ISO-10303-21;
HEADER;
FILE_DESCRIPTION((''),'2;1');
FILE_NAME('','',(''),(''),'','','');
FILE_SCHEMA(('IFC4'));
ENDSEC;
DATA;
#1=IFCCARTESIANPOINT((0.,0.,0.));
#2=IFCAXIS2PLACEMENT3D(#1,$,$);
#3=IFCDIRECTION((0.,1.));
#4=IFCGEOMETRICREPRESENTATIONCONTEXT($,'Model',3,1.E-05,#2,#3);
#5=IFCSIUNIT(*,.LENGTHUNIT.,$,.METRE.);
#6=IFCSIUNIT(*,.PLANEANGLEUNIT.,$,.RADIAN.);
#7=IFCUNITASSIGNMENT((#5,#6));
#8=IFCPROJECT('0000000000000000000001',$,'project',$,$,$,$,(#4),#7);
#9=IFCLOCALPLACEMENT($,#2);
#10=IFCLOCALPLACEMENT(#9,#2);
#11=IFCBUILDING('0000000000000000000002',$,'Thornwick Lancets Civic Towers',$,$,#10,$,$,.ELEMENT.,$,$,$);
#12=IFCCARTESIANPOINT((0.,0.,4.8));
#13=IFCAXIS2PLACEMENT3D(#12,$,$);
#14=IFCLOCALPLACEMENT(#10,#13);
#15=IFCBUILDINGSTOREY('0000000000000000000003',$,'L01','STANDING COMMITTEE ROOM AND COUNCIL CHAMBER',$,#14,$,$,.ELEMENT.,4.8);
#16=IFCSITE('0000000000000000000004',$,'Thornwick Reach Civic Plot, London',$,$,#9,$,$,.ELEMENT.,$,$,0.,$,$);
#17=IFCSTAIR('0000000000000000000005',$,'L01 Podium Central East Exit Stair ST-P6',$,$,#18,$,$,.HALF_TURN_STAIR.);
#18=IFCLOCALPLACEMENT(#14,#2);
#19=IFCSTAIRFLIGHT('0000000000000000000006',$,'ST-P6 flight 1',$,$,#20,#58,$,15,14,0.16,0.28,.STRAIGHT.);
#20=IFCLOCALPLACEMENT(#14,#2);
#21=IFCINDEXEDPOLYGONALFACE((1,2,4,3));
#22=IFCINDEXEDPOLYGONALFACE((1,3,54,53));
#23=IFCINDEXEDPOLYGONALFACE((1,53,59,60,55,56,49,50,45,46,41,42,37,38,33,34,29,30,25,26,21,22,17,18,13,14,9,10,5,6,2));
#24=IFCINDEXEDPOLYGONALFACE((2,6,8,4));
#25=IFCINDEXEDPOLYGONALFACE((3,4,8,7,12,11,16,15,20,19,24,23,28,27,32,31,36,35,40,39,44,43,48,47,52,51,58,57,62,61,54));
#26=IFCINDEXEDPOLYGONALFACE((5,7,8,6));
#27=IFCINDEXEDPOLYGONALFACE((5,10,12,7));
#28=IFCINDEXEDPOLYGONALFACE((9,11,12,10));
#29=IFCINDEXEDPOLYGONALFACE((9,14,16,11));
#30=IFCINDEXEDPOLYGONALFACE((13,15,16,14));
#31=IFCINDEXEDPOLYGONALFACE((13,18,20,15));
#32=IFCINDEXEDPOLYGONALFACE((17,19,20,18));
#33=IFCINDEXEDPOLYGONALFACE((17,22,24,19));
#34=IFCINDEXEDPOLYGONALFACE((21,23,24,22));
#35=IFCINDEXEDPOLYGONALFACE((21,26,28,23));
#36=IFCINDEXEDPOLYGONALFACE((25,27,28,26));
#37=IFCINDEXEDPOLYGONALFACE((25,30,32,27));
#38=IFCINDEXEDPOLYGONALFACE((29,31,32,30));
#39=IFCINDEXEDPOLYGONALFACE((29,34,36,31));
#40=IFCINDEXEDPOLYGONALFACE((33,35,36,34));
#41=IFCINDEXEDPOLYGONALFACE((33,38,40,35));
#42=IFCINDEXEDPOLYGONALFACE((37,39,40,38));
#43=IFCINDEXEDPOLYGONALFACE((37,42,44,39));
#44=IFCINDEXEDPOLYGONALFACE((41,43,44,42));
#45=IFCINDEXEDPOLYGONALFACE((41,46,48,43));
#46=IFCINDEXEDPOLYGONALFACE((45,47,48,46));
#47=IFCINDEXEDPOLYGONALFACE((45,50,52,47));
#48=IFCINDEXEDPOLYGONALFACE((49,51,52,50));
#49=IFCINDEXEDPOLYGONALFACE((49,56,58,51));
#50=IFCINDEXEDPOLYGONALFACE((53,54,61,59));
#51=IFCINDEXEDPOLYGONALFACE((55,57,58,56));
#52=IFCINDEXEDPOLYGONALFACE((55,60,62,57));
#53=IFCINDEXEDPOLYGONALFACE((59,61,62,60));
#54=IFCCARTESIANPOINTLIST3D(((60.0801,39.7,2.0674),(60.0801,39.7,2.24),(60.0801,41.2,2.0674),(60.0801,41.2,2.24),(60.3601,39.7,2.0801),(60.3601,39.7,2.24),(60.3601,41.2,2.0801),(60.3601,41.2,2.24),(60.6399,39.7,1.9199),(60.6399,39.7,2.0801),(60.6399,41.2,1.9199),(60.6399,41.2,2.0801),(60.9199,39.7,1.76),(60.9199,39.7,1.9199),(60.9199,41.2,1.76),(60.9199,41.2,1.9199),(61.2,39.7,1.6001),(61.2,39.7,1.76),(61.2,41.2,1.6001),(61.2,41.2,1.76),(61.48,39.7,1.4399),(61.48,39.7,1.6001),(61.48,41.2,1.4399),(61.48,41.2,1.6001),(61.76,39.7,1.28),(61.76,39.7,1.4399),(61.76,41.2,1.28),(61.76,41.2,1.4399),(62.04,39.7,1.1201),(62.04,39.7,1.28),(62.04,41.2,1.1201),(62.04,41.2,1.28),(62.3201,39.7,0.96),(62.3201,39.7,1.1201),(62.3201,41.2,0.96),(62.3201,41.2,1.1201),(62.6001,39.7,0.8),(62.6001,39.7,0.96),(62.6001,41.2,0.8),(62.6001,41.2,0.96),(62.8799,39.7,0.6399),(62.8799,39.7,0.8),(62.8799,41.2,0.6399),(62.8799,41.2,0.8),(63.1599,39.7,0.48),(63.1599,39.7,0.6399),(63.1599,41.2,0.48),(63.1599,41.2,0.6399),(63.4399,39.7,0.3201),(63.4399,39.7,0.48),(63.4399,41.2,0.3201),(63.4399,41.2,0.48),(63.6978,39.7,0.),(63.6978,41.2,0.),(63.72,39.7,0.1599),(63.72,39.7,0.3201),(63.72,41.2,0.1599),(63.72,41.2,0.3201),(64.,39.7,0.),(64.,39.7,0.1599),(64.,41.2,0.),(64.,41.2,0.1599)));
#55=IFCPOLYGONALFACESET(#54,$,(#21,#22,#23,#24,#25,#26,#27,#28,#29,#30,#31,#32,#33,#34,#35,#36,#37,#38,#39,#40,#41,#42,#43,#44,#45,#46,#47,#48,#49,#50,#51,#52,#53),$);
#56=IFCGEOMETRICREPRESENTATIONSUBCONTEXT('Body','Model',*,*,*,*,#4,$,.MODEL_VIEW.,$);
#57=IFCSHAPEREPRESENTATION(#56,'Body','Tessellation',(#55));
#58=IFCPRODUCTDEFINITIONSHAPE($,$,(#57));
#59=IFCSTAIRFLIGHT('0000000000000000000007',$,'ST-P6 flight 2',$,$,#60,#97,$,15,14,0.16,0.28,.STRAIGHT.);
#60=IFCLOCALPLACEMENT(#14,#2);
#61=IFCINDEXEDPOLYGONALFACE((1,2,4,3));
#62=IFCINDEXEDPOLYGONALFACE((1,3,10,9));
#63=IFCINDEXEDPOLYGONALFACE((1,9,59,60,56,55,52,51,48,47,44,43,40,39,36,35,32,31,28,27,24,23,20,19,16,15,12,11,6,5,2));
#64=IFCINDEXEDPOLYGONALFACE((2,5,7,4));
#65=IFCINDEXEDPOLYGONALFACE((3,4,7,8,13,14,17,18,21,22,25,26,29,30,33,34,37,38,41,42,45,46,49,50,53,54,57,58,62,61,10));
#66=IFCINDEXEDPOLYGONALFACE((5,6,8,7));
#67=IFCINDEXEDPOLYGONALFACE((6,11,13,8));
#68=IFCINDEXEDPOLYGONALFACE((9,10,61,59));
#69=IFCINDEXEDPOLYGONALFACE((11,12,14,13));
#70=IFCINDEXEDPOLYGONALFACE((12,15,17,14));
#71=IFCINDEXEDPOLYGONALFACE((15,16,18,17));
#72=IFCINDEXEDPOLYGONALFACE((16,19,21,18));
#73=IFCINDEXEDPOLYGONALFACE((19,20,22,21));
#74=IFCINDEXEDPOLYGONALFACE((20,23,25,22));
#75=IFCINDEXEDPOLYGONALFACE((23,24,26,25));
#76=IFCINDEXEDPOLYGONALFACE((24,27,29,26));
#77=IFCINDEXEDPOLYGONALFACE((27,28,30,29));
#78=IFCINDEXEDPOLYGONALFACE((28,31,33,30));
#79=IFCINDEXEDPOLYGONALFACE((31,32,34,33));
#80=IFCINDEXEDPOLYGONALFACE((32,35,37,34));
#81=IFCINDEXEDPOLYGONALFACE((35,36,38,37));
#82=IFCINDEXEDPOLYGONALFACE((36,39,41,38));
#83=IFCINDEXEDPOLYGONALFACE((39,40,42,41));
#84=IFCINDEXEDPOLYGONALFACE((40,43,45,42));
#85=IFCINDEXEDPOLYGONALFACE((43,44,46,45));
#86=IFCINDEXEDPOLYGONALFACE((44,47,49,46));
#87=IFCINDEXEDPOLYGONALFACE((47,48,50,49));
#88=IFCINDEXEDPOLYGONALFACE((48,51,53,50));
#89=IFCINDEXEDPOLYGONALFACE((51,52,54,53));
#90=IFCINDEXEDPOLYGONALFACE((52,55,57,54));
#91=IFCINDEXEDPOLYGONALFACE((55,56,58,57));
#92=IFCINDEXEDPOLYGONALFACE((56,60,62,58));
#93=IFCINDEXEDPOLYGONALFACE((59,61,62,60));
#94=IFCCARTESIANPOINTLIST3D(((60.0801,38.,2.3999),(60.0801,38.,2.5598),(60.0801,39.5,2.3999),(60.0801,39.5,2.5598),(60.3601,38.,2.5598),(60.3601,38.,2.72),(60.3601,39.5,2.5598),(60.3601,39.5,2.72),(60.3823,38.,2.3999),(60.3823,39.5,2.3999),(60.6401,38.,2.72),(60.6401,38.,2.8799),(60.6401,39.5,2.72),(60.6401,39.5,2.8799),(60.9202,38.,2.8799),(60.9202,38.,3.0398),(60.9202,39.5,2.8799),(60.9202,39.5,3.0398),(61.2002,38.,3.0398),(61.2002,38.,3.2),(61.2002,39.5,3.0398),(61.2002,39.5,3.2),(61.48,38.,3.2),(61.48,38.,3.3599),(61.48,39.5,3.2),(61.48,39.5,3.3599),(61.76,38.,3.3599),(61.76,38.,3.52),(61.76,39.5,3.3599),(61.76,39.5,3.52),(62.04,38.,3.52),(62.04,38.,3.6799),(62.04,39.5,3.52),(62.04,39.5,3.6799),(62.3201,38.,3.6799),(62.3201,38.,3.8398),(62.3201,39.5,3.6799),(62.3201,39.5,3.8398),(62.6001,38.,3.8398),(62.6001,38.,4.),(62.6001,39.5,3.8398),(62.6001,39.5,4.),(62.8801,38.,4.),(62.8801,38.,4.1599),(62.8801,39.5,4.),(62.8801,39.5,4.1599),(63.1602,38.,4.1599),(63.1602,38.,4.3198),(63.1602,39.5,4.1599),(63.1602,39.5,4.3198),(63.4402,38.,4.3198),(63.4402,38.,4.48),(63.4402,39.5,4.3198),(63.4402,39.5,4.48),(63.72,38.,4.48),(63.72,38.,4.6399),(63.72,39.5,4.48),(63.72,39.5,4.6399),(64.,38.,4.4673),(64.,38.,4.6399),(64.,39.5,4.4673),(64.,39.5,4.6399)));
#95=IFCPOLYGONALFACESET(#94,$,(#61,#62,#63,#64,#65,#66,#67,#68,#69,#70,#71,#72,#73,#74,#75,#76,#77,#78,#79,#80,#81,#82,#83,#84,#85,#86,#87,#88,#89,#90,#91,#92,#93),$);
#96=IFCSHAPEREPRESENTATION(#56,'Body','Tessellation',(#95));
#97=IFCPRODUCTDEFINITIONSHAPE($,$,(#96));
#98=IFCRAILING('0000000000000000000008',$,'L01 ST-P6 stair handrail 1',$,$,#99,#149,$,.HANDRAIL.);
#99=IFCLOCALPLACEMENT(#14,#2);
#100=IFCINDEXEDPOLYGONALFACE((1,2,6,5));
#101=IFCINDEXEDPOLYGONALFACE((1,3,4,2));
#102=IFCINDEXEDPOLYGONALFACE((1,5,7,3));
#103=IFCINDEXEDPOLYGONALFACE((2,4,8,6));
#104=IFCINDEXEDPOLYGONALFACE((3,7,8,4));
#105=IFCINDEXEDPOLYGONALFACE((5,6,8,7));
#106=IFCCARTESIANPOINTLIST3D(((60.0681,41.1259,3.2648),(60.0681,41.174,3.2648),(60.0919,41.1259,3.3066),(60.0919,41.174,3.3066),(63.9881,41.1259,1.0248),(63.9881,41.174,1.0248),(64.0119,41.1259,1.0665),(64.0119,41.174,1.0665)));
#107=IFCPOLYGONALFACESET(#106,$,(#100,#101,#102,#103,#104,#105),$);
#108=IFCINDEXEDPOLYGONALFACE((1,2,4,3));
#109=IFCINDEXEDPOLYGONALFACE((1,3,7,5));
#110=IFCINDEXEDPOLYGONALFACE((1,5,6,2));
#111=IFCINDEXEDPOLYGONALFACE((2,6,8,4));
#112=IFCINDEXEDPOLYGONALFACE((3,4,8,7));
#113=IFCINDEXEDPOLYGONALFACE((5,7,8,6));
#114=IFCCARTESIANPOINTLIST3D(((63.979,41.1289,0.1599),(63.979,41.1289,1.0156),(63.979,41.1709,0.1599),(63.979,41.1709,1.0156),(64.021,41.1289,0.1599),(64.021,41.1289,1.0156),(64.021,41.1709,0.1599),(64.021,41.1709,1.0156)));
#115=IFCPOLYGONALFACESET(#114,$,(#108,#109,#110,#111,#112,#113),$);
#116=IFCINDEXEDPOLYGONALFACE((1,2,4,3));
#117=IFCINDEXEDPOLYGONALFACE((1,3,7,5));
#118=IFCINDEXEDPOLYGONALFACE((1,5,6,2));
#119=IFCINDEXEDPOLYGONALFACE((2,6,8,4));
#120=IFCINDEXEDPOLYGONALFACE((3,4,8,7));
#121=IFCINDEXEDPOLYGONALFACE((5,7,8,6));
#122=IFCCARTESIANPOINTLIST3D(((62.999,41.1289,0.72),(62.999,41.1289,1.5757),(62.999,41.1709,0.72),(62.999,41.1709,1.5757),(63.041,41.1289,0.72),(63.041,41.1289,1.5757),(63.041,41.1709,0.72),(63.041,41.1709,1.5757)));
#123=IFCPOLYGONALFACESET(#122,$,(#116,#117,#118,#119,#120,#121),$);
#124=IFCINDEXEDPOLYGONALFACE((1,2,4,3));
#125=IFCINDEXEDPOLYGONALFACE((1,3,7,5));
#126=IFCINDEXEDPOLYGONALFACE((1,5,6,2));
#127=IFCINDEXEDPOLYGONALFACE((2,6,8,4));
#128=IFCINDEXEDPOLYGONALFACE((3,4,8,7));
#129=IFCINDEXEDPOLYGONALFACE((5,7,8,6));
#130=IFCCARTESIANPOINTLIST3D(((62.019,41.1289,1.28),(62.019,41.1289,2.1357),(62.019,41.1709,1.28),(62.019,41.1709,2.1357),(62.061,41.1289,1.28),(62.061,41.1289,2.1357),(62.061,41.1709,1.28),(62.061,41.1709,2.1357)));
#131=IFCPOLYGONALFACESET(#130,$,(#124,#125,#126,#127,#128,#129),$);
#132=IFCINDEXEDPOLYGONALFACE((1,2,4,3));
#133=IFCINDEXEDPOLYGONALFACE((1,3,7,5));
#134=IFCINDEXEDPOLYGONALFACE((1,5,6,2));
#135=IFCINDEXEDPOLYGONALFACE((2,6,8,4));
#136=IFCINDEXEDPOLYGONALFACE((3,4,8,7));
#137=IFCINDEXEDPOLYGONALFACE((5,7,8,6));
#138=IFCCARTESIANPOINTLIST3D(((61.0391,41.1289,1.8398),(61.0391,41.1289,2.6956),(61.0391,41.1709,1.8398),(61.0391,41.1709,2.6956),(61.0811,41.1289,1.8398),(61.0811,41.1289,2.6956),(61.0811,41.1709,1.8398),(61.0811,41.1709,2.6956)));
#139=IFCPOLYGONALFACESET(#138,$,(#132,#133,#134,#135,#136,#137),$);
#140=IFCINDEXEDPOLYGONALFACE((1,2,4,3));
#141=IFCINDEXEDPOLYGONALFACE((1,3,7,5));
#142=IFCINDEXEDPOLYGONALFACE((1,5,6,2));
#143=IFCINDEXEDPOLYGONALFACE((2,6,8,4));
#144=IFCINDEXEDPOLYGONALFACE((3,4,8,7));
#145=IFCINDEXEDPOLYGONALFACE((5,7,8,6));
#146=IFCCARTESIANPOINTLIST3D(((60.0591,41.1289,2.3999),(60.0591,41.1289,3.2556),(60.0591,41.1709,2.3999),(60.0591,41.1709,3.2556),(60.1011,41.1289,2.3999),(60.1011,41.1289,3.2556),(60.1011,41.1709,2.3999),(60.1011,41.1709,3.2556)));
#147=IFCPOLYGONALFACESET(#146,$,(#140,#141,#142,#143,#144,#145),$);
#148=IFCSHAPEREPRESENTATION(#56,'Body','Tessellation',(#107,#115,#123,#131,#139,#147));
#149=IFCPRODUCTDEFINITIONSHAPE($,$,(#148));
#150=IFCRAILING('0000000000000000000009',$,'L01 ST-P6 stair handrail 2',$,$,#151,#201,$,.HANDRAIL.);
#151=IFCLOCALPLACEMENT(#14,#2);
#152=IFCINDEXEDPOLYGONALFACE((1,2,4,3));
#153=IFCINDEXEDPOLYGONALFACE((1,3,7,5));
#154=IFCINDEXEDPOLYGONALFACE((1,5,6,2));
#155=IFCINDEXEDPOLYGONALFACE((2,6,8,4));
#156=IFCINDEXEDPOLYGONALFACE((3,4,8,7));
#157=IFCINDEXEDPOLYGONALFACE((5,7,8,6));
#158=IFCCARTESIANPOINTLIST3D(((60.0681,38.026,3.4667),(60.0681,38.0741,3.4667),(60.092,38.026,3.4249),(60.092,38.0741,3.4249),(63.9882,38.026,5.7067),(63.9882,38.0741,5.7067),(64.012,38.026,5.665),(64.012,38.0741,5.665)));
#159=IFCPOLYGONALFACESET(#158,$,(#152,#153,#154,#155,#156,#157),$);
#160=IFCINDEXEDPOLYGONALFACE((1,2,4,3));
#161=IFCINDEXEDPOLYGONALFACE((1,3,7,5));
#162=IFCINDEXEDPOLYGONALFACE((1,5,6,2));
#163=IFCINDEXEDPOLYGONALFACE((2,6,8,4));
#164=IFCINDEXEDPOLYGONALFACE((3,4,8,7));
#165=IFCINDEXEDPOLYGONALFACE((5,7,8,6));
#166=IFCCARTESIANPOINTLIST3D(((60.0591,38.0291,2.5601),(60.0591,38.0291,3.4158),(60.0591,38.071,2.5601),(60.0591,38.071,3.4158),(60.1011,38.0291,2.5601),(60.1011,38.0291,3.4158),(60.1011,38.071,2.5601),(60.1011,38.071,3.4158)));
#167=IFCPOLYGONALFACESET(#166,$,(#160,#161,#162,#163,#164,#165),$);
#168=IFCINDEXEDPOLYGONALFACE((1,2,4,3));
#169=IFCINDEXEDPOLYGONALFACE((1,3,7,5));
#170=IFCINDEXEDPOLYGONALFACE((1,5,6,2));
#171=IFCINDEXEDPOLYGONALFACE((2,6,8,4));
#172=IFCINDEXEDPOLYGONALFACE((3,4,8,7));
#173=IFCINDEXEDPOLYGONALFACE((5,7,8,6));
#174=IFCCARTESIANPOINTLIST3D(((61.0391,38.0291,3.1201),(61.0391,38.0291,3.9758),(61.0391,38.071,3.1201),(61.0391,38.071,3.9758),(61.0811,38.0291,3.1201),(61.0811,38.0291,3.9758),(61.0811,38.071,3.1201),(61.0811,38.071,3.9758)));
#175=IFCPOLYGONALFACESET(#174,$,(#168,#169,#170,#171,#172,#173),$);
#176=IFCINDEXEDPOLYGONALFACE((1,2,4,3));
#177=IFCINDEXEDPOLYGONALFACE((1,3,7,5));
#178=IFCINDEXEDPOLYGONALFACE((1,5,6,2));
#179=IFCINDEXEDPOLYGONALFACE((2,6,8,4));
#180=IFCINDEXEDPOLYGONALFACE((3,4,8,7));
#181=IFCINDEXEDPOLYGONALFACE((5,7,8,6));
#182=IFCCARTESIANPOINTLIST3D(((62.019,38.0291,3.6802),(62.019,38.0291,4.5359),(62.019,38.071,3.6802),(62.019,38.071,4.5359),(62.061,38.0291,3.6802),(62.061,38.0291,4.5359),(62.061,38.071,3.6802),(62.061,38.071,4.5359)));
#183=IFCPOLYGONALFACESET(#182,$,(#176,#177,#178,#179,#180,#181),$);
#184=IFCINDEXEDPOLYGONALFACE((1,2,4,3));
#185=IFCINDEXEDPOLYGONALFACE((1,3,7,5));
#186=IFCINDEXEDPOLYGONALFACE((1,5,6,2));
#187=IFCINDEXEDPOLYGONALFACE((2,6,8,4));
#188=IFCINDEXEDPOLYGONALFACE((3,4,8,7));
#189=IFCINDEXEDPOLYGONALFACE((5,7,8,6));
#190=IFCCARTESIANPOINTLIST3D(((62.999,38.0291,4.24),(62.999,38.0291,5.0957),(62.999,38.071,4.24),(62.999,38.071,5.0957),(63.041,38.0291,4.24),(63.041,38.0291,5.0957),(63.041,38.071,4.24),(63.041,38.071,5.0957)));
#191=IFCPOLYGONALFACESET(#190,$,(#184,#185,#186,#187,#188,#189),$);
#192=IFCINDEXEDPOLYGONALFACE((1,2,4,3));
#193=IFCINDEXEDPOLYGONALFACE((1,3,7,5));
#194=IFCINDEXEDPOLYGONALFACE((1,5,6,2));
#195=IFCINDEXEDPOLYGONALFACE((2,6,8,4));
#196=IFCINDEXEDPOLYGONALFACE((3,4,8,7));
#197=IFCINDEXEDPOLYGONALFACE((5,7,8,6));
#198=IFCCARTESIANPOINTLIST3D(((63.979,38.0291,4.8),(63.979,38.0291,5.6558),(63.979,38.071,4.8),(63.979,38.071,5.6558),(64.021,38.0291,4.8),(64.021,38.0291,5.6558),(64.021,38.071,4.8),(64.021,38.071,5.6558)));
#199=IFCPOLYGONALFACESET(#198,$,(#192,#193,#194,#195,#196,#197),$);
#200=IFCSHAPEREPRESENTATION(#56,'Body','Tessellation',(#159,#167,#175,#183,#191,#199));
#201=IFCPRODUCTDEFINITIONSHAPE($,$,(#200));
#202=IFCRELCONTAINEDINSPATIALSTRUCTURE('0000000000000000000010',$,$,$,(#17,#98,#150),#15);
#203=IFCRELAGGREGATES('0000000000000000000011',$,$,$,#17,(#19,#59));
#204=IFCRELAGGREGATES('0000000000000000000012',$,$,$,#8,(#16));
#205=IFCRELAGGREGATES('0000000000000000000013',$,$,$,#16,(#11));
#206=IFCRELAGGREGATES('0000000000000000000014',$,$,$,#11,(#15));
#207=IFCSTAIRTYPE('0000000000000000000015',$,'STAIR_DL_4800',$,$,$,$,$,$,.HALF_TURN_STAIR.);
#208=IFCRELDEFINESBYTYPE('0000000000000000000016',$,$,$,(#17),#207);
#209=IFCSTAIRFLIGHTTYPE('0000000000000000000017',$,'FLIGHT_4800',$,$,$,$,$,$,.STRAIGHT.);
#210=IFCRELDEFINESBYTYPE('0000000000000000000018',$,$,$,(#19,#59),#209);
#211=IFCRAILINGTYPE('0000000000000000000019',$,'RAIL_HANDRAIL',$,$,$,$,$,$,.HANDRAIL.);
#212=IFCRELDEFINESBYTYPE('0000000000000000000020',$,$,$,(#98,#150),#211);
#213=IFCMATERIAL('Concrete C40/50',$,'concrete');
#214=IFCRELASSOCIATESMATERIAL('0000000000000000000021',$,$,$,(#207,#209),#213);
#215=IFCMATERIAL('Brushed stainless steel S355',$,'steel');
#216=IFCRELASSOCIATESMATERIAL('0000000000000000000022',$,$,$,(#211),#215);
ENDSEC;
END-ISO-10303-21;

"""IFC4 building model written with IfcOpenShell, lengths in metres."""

from ifc_helpers import new_model, si_unit, direction, frame, origin, origin_2d, place, context, subcontext, project, spatial, polyline, rectangle, outline, extrude, material, type_object, element, aggregate, save


model = new_model("IFC4")

# Units and contexts
model_context = context("Model", 3, precision=1e-05, world=origin(), true_north=direction((0.0, 1.0)))
body_context = subcontext(model_context, "Body", "Model", "MODEL_VIEW")
ifc_project = project(units=[si_unit("LENGTHUNIT", "METRE"), si_unit("PLANEANGLEUNIT", "RADIAN")], contexts=[model_context])

# Site, building, storey
site_placement = place(None, origin())
site = spatial("IfcSite", under=ifc_project, at=site_placement, Name="Thornwick Reach Civic Plot, London", CompositionType="ELEMENT", RefElevation=0.0)
building_placement = place(site_placement, origin())
building = spatial("IfcBuilding", under=site, at=building_placement, Name="Thornwick Lancets Civic Towers", CompositionType="ELEMENT")
storey_placement = place(building_placement, frame((0.0, 0.0, 4.8)))
storey = spatial("IfcBuildingStorey", under=building, at=storey_placement, Name="L01", Description="STANDING COMMITTEE ROOM AND COUNCIL CHAMBER", CompositionType="ELEMENT", Elevation=4.8)

# Shared definitions
ifc_material_1 = material(Name="Concrete C40/50", Category="concrete")

# Stair, stair flights
stair_type = type_object("IfcStairType", Name="STAIR_DL_4800", PredefinedType="HALF_TURN_STAIR", material=ifc_material_1)
stair_placement = place(storey_placement, origin())
stair = element("IfcStair", 1, at=stair_placement, inside=storey, type_object=stair_type, Name="L01 Podium Central East Exit Stair ST-P6", PredefinedType="HALF_TURN_STAIR")
stair_flight_type = type_object("IfcStairFlightType", Name="FLIGHT_4800", PredefinedType="STRAIGHT", material=ifc_material_1)
stair_flight_1_placement = place(storey_placement, frame((64.0, 40.45, 0.0), z_axis=(0.0, 0.0, 1.0), x_axis=(-1.0, 0.0, 0.0)))
stair_flight_1 = element("IfcStairFlight", 2, at=stair_flight_1_placement, type_object=stair_flight_type, Name="ST-P6 flight 1", NumberOfRisers=15, NumberOfTreads=14, PredefinedType="STRAIGHT", RiserHeight=0.16, TreadLength=0.28, context=body_context, shape_type="SweptSolid", body=[
    extrude(outline(polyline([(0.0, 0.0), (0.0, 0.1599), (0.28, 0.1599), (0.28, 0.3201), (0.5601, 0.3201), (0.5601, 0.48), (0.8401, 0.48), (0.8401, 0.6399), (1.1201, 0.6399), (1.1201, 0.8), (1.3999, 0.8), (1.3999, 0.96), (1.6799, 0.96), (1.6799, 1.1201), (1.96, 1.1201), (1.96, 1.28), (2.24, 1.28), (2.24, 1.4399), (2.52, 1.4399), (2.52, 1.6001), (2.8, 1.6001), (2.8, 1.76), (3.0801, 1.76), (3.0801, 1.9199), (3.3601, 1.9199), (3.3601, 2.0801), (3.6399, 2.0801), (3.6399, 2.24), (3.9199, 2.24), (3.9199, 2.3999), (3.9199, 2.0674), (0.3022, 0.0), (0.0, 0.0)])), frame((0.0, 0.75, 0.0), z_axis=(0.0, -1.0, 0.0), x_axis=(1.0, 0.0, 0.0)), (0.0, 0.0, 1.0), 1.5),
])
stair_flight_2_placement = place(storey_placement, frame((60.0801, 38.75, 2.3999), z_axis=(0.0, 0.0, 1.0), x_axis=(1.0, 0.0, 0.0)))
stair_flight_2 = element("IfcStairFlight", 3, at=stair_flight_2_placement, type_object=stair_flight_type, Name="ST-P6 flight 2", NumberOfRisers=15, NumberOfTreads=14, PredefinedType="STRAIGHT", RiserHeight=0.16, TreadLength=0.28, context=body_context, shape_type="SweptSolid", body=[
    extrude(outline(polyline([(0.0, 0.0), (0.0, 0.1599), (0.28, 0.1599), (0.28, 0.3201), (0.5601, 0.3201), (0.5601, 0.48), (0.8401, 0.48), (0.8401, 0.6399), (1.1201, 0.6399), (1.1201, 0.8), (1.3999, 0.8), (1.3999, 0.96), (1.6799, 0.96), (1.6799, 1.1201), (1.96, 1.1201), (1.96, 1.28), (2.24, 1.28), (2.24, 1.4399), (2.52, 1.4399), (2.52, 1.6001), (2.8, 1.6001), (2.8, 1.76), (3.0801, 1.76), (3.0801, 1.9199), (3.3601, 1.9199), (3.3601, 2.0801), (3.6399, 2.0801), (3.6399, 2.24), (3.9199, 2.24), (3.9199, 2.3999), (3.9199, 2.0674), (0.3022, 0.0), (0.0, 0.0)])), frame((0.0, 0.75, 0.0), z_axis=(0.0, -1.0, 0.0), x_axis=(1.0, 0.0, 0.0)), (0.0, 0.0, 1.0), 1.5),
])
aggregate(stair, [stair_flight_1, stair_flight_2])

# Railings
ifc_material_2 = material(Name="Brushed stainless steel S355", Category="steel")
railing_type_1 = type_object("IfcRailingType", Name="RAIL_HANDRAIL", PredefinedType="HANDRAIL", material=ifc_material_2)
railing_1_placement = place(storey_placement, frame((64.0, 41.1499, 0.1599)))
element("IfcRailing", 4, at=railing_1_placement, inside=storey, type_object=railing_type_1, Name="L01 ST-P6 stair handrail 1", PredefinedType="HANDRAIL", context=body_context, shape_type="SweptSolid", body=[
    extrude(rectangle(XDim=0.0481, YDim=0.0481, at=origin_2d()), frame((0.0, 0.0, 0.8857), z_axis=(-0.86824, 0.0, 0.496145), x_axis=(0.0, -1.0, 0.0)), (0.0, 0.0, 1.0), 4.5149),
    extrude(rectangle(XDim=0.042, YDim=0.042, at=origin_2d()), origin(), (0.0, 0.0, 1.0), 0.8557),
    extrude(rectangle(XDim=0.042, YDim=0.042, at=origin_2d()), frame((-0.98, 0.0, 0.5601)), (0.0, 0.0, 1.0), 0.8557),
    extrude(rectangle(XDim=0.042, YDim=0.042, at=origin_2d()), frame((-1.96, 0.0, 1.1201)), (0.0, 0.0, 1.0), 0.8557),
    extrude(rectangle(XDim=0.042, YDim=0.042, at=origin_2d()), frame((-2.9399, 0.0, 1.6799)), (0.0, 0.0, 1.0), 0.8557),
    extrude(rectangle(XDim=0.042, YDim=0.042, at=origin_2d()), frame((-3.9199, 0.0, 2.24)), (0.0, 0.0, 1.0), 0.8557),
])
railing_2_placement = place(storey_placement, frame((60.0801, 38.05, 2.5601)))
element("IfcRailing", 5, at=railing_2_placement, inside=storey, type_object=railing_type_1, Name="L01 ST-P6 stair handrail 2", PredefinedType="HANDRAIL", context=body_context, shape_type="SweptSolid", body=[
    extrude(rectangle(XDim=0.0481, YDim=0.0481, at=origin_2d()), frame((0.0, 0.0, 0.8857), z_axis=(0.86824, 0.0, 0.496145), x_axis=(0.0, 1.0, 0.0)), (0.0, 0.0, 1.0), 4.5149),
    extrude(rectangle(XDim=0.042, YDim=0.042, at=origin_2d()), origin(), (0.0, 0.0, 1.0), 0.8557),
    extrude(rectangle(XDim=0.042, YDim=0.042, at=origin_2d()), frame((0.98, 0.0, 0.5601)), (0.0, 0.0, 1.0), 0.8557),
    extrude(rectangle(XDim=0.042, YDim=0.042, at=origin_2d()), frame((1.96, 0.0, 1.1201)), (0.0, 0.0, 1.0), 0.8557),
    extrude(rectangle(XDim=0.042, YDim=0.042, at=origin_2d()), frame((2.9399, 0.0, 1.6799)), (0.0, 0.0, 1.0), 0.8557),
    extrude(rectangle(XDim=0.042, YDim=0.042, at=origin_2d()), frame((3.9199, 0.0, 2.24)), (0.0, 0.0, 1.0), 0.8557),
])

save(model, "model.ifc")
